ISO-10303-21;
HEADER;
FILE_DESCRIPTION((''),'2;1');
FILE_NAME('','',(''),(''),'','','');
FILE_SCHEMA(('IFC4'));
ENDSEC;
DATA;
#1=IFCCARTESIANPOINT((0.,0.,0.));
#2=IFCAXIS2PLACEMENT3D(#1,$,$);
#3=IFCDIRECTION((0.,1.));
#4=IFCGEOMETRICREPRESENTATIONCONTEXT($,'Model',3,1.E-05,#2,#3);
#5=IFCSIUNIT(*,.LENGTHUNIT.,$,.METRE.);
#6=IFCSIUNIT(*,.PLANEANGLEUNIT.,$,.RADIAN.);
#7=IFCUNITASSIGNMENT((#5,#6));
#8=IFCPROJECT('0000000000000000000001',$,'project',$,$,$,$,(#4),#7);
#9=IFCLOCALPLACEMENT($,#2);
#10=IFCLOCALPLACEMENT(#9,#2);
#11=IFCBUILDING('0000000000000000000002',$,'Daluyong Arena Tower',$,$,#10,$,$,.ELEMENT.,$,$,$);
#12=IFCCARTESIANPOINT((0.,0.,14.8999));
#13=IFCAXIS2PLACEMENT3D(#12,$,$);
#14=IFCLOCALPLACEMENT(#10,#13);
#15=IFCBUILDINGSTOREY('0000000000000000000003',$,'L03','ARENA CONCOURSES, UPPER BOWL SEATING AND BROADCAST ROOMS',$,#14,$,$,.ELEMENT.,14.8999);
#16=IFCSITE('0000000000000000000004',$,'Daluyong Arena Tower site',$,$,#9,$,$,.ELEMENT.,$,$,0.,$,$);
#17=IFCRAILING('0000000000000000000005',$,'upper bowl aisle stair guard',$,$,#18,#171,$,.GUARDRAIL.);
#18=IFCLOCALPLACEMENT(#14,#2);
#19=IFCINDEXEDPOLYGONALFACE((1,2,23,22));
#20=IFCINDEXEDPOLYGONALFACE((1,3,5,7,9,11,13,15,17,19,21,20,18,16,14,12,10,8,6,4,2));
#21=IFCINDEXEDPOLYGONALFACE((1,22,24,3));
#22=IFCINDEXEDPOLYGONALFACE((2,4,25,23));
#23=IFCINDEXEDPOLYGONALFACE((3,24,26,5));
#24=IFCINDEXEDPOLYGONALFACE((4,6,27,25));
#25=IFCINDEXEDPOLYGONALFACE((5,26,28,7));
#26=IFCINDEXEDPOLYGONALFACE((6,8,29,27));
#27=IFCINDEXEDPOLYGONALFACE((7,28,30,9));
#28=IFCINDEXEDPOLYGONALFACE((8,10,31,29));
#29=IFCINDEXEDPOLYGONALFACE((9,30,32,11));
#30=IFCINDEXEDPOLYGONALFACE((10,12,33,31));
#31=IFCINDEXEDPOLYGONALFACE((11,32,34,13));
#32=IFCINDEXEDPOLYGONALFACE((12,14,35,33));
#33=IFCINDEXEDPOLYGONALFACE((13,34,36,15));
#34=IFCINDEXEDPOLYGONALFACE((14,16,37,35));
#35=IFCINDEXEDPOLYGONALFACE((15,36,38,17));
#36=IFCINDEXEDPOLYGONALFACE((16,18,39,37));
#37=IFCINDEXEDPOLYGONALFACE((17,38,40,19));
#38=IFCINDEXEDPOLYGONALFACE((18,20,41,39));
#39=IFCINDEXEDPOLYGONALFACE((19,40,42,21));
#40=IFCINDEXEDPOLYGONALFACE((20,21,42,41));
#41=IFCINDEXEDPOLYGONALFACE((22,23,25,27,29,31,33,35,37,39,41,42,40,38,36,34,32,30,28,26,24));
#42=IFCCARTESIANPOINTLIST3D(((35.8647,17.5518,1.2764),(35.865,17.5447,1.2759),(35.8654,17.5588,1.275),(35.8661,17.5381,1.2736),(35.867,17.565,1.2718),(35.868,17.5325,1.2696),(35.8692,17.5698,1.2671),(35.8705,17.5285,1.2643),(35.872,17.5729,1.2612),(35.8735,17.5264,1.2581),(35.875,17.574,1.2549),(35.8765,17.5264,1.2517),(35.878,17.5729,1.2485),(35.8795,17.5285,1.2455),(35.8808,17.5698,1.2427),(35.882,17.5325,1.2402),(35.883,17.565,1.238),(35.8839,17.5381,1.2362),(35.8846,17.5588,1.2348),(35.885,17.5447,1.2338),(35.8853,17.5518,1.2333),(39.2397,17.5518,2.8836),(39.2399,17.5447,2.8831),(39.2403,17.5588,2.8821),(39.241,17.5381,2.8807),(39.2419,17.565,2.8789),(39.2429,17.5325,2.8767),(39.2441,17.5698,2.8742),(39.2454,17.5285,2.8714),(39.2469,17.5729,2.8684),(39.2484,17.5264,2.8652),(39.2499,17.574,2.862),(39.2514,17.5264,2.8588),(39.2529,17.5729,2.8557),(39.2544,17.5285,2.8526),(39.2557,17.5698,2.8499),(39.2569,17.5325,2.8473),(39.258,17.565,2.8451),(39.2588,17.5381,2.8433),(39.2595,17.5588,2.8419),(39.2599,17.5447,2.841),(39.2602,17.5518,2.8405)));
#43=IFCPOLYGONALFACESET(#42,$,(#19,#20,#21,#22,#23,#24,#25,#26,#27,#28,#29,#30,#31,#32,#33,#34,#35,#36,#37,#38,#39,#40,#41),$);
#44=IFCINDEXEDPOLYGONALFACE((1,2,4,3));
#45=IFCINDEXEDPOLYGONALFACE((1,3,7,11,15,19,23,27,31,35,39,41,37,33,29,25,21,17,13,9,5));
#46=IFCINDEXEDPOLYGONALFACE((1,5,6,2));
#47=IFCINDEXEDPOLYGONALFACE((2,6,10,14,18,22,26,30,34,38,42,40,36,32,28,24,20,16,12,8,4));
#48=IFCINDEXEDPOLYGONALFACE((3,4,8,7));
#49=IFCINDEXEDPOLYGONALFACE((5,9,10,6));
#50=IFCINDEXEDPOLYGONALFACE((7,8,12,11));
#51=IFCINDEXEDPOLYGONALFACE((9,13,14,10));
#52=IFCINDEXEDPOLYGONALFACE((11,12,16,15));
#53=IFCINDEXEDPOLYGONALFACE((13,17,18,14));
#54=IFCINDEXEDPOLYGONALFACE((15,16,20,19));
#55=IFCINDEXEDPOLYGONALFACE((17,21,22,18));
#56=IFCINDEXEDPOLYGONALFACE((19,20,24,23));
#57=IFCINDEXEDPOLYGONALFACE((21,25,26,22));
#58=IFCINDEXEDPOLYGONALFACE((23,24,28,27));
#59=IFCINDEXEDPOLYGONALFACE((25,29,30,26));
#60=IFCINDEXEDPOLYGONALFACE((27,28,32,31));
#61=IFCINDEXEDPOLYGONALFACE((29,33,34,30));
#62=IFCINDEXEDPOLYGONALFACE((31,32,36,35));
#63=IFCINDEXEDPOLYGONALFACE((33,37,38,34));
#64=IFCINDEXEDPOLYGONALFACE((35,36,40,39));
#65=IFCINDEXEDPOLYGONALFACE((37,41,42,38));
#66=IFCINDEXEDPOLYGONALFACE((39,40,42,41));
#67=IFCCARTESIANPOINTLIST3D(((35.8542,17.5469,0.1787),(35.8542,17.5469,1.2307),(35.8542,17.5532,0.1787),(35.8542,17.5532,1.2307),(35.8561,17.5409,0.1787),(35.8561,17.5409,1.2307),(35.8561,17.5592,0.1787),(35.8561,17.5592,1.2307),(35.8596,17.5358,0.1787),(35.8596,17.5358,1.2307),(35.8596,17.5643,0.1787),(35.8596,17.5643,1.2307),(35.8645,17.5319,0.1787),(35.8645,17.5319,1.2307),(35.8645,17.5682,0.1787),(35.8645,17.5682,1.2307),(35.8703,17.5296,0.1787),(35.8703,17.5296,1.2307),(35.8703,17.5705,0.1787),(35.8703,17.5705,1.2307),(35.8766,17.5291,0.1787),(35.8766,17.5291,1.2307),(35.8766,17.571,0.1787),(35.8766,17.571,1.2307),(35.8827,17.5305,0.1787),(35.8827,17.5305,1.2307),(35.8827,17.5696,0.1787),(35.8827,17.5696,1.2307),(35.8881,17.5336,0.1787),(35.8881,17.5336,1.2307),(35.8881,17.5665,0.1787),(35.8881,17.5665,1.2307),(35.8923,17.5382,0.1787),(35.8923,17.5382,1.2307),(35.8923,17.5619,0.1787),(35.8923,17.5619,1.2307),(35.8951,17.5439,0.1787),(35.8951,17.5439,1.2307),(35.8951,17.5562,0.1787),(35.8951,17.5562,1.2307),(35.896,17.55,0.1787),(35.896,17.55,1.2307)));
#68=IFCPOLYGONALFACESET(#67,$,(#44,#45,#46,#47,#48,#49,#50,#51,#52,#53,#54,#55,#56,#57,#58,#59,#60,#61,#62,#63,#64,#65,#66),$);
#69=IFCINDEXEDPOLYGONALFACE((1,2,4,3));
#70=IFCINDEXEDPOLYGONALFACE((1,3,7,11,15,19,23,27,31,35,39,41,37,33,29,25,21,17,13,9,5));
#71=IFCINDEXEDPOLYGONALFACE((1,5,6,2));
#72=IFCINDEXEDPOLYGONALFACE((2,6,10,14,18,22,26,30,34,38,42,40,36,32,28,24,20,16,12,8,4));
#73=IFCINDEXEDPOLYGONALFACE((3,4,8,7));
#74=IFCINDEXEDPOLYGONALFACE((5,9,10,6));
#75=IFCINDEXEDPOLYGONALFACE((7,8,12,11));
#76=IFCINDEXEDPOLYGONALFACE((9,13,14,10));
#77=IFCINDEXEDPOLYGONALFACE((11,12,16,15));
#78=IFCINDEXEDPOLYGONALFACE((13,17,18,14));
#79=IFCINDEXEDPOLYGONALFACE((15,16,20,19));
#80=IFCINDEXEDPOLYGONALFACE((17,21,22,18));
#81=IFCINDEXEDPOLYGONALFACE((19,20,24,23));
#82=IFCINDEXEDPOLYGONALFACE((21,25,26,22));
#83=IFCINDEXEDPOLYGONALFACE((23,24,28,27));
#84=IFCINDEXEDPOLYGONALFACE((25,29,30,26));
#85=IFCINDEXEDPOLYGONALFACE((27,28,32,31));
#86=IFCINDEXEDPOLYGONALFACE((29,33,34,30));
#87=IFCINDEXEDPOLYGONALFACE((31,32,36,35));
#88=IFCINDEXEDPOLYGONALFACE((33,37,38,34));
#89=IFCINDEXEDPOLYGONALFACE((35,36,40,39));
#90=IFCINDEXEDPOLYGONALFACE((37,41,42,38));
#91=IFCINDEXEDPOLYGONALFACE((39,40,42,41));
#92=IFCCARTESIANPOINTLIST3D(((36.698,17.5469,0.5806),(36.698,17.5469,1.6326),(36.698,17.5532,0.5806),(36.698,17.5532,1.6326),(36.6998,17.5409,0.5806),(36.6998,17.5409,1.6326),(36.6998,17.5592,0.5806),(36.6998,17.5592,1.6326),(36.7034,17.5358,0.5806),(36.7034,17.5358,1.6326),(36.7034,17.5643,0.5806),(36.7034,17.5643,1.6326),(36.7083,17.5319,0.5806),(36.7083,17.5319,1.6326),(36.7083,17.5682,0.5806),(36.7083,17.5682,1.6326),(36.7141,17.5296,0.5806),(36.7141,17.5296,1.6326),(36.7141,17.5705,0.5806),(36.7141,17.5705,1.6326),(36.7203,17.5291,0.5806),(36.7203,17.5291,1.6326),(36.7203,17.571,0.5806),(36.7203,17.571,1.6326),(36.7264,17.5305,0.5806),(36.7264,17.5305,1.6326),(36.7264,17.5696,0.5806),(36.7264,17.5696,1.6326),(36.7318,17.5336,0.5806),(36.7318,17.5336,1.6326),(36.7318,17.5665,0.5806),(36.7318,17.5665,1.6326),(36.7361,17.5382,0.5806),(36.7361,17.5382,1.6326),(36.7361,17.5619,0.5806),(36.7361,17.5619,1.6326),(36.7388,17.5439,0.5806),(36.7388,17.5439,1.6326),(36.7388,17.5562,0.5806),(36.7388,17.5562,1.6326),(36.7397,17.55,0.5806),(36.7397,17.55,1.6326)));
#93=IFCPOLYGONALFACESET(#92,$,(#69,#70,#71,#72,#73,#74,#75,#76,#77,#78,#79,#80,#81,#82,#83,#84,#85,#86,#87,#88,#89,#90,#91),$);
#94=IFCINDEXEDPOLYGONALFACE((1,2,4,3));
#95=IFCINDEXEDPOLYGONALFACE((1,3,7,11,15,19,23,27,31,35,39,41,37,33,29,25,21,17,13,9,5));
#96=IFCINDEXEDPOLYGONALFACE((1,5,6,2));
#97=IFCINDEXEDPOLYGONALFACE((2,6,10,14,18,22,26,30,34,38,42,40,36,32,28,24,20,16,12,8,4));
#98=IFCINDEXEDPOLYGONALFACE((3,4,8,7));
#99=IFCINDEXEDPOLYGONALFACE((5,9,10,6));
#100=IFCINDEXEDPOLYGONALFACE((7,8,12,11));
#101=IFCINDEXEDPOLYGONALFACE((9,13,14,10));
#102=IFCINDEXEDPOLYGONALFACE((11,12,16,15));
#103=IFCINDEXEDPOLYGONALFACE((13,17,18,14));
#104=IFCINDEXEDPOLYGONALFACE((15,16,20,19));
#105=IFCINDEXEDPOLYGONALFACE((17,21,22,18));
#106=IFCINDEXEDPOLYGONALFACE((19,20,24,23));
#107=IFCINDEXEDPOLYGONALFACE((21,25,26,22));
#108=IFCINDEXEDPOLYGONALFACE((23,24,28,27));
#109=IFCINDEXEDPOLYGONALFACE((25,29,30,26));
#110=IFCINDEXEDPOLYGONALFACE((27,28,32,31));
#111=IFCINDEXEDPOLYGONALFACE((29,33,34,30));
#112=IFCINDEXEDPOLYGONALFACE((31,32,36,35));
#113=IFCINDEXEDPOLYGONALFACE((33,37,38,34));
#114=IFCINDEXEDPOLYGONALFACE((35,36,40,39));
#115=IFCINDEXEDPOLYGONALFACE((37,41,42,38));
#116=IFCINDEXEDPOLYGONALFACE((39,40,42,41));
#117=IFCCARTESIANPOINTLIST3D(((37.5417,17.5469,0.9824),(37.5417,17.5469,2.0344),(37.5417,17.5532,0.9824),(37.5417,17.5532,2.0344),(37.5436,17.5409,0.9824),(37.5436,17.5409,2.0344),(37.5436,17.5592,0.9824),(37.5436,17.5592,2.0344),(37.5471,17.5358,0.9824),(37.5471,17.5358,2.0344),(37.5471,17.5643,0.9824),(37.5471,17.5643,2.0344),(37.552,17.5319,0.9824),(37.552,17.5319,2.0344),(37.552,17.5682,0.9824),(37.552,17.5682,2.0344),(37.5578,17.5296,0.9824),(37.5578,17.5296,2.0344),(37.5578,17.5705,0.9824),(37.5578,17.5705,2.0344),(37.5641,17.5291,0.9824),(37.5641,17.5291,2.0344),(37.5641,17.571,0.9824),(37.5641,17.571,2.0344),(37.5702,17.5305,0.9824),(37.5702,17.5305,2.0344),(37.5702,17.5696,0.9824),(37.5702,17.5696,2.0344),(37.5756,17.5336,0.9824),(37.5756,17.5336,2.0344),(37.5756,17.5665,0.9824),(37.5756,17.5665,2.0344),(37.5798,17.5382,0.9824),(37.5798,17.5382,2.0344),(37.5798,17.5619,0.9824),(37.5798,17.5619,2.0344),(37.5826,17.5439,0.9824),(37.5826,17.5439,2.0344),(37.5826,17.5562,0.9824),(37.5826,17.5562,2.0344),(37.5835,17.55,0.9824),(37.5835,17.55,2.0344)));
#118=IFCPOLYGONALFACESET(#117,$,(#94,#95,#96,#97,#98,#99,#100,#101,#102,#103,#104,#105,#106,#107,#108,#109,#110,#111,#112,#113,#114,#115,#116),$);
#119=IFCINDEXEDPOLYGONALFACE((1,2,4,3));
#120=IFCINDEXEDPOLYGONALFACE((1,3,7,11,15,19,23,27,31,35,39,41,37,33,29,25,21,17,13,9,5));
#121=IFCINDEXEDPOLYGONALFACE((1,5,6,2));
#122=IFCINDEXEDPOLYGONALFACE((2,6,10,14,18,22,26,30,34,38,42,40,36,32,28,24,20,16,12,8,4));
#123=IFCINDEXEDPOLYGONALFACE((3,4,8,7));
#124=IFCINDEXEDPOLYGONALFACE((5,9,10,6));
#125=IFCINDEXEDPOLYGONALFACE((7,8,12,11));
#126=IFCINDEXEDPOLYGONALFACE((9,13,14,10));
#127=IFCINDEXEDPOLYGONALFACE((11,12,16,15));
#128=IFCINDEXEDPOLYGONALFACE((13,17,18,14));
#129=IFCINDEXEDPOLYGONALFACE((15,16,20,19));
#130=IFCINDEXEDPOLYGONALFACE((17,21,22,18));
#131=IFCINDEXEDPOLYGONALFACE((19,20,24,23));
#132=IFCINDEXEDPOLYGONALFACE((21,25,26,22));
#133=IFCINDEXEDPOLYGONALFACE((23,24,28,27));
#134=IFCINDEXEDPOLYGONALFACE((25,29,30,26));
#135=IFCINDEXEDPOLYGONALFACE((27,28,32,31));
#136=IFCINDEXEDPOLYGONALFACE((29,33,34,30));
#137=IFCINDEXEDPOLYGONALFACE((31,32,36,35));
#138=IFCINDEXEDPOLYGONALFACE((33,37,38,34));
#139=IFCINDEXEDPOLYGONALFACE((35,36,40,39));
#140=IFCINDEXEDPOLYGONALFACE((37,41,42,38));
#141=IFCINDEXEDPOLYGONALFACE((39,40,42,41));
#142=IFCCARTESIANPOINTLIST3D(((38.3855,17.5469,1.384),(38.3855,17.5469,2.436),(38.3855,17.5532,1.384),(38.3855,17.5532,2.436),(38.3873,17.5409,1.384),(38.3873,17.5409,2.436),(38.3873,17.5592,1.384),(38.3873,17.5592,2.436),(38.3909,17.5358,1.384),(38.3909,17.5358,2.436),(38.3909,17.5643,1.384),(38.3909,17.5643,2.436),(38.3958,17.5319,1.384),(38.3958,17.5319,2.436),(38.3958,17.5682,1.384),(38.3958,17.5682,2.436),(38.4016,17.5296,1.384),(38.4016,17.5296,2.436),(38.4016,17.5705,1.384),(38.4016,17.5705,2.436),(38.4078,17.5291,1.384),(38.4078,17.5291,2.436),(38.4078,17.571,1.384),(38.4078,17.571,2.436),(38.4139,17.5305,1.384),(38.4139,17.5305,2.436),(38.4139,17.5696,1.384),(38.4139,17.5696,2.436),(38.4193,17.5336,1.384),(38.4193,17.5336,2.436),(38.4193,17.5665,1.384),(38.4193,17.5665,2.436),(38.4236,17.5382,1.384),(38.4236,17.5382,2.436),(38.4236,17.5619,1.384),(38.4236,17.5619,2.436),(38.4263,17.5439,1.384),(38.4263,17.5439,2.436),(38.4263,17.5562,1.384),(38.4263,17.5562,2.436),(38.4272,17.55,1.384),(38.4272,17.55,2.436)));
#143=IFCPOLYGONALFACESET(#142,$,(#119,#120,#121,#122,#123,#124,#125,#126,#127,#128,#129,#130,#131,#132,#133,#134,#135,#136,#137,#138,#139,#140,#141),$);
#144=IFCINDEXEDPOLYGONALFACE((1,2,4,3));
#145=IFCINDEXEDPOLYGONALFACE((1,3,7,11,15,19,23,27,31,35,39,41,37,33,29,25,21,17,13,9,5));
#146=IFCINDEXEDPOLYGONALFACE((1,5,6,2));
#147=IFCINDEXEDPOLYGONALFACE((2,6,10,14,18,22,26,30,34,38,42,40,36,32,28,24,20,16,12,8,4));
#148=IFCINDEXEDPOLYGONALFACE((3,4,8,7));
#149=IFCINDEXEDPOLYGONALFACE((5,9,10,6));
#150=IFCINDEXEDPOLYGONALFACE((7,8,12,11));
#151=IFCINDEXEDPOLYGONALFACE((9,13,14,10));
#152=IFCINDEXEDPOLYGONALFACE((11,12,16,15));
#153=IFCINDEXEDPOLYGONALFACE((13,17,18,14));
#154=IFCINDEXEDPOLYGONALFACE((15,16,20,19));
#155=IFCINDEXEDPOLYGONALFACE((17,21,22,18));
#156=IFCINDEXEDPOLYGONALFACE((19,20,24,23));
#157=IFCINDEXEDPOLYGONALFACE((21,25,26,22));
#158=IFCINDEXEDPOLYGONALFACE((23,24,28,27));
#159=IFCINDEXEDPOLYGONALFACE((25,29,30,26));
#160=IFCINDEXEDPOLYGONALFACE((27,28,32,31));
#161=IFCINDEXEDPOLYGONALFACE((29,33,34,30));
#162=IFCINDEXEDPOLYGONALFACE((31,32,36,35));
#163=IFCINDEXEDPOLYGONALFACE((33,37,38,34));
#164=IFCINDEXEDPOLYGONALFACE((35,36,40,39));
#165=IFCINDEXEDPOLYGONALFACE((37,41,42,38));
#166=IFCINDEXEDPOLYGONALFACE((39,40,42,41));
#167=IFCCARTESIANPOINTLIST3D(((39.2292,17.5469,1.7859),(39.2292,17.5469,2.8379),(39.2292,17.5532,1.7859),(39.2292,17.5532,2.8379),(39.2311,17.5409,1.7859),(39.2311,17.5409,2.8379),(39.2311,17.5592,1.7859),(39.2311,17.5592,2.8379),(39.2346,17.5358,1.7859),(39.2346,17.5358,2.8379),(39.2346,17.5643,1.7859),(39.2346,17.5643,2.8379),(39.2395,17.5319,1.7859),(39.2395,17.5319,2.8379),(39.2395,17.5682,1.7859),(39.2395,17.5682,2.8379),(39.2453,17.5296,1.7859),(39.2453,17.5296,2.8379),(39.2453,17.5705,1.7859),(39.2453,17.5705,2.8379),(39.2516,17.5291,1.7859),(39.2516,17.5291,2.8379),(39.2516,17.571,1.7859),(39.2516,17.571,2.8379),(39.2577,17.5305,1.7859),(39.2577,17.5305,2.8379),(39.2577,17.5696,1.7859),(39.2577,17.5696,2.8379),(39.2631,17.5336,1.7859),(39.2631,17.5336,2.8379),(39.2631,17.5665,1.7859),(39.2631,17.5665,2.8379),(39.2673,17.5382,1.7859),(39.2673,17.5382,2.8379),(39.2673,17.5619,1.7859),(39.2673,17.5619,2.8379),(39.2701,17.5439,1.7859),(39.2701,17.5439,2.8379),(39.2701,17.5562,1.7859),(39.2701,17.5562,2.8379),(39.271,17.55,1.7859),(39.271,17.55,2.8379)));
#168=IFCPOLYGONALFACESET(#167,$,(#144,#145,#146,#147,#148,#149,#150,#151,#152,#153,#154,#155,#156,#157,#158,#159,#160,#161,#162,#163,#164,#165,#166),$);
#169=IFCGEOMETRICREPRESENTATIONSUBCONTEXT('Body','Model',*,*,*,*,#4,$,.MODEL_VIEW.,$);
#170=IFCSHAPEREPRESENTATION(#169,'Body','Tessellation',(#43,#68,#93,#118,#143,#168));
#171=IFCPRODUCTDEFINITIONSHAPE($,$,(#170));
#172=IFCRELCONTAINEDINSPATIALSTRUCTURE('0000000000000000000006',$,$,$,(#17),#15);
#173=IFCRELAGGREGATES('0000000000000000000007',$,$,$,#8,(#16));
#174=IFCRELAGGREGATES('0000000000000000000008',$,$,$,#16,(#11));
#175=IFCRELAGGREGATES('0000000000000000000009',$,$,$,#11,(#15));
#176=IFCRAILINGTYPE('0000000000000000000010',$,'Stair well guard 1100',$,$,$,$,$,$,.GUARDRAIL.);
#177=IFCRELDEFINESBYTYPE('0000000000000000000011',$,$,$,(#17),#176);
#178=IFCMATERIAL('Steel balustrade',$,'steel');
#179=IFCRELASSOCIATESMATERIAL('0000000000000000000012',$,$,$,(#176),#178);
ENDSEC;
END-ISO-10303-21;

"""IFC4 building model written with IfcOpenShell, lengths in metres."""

from ifc_helpers import new_model, si_unit, direction, frame, origin, origin_2d, place, context, subcontext, project, spatial, circle, extrude, material, type_object, element, save


model = new_model("IFC4")

# Units and contexts
model_context = context("Model", 3, precision=1e-05, world=origin(), true_north=direction((0.0, 1.0)))
body_context = subcontext(model_context, "Body", "Model", "MODEL_VIEW")
ifc_project = project(units=[si_unit("LENGTHUNIT", "METRE"), si_unit("PLANEANGLEUNIT", "RADIAN")], contexts=[model_context])

# Site, building, storey
site_placement = place(None, origin())
site = spatial("IfcSite", under=ifc_project, at=site_placement, Name="Daluyong Arena Tower site", CompositionType="ELEMENT", RefElevation=0.0)
building_placement = place(site_placement, origin())
building = spatial("IfcBuilding", under=site, at=building_placement, Name="Daluyong Arena Tower", CompositionType="ELEMENT")
storey_placement = place(building_placement, frame((0.0, 0.0, 14.8999)))
storey = spatial("IfcBuildingStorey", under=building, at=storey_placement, Name="L03", Description="ARENA CONCOURSES, UPPER BOWL SEATING AND BROADCAST ROOMS", CompositionType="ELEMENT", Elevation=14.8999)

# Railing
ifc_material_1 = material(Name="Steel balustrade", Category="steel")
railing_type_1 = type_object("IfcRailingType", Name="Stair well guard 1100", PredefinedType="GUARDRAIL", material=ifc_material_1)
railing_1_placement = place(storey_placement, frame((35.875, 17.55, 0.1787)))
element("IfcRailing", 1, at=railing_1_placement, inside=storey, type_object=railing_type_1, Name="upper bowl aisle stair guard", PredefinedType="GUARDRAIL", context=body_context, shape_type="SweptSolid", body=[
    extrude(circle(Radius=0.0239, at=origin_2d()), frame((0.0, 0.0, 1.0762), z_axis=(0.902857, 0.0, 0.429941), x_axis=(0.0, 1.0, 0.0)), (0.0, 0.0, 1.0), 3.738),
    extrude(circle(Radius=0.021, at=origin_2d()), origin(), (0.0, 0.0, 1.0), 1.052),
    extrude(circle(Radius=0.021, at=origin_2d()), frame((0.8438, 0.0, 0.4019)), (0.0, 0.0, 1.0), 1.052),
    extrude(circle(Radius=0.021, at=origin_2d()), frame((1.6875, 0.0, 0.8037)), (0.0, 0.0, 1.0), 1.052),
    extrude(circle(Radius=0.021, at=origin_2d()), frame((2.5312, 0.0, 1.2053)), (0.0, 0.0, 1.0), 1.052),
    extrude(circle(Radius=0.021, at=origin_2d()), frame((3.375, 0.0, 1.6072)), (0.0, 0.0, 1.0), 1.052),
])

save(model, "model.ifc")
